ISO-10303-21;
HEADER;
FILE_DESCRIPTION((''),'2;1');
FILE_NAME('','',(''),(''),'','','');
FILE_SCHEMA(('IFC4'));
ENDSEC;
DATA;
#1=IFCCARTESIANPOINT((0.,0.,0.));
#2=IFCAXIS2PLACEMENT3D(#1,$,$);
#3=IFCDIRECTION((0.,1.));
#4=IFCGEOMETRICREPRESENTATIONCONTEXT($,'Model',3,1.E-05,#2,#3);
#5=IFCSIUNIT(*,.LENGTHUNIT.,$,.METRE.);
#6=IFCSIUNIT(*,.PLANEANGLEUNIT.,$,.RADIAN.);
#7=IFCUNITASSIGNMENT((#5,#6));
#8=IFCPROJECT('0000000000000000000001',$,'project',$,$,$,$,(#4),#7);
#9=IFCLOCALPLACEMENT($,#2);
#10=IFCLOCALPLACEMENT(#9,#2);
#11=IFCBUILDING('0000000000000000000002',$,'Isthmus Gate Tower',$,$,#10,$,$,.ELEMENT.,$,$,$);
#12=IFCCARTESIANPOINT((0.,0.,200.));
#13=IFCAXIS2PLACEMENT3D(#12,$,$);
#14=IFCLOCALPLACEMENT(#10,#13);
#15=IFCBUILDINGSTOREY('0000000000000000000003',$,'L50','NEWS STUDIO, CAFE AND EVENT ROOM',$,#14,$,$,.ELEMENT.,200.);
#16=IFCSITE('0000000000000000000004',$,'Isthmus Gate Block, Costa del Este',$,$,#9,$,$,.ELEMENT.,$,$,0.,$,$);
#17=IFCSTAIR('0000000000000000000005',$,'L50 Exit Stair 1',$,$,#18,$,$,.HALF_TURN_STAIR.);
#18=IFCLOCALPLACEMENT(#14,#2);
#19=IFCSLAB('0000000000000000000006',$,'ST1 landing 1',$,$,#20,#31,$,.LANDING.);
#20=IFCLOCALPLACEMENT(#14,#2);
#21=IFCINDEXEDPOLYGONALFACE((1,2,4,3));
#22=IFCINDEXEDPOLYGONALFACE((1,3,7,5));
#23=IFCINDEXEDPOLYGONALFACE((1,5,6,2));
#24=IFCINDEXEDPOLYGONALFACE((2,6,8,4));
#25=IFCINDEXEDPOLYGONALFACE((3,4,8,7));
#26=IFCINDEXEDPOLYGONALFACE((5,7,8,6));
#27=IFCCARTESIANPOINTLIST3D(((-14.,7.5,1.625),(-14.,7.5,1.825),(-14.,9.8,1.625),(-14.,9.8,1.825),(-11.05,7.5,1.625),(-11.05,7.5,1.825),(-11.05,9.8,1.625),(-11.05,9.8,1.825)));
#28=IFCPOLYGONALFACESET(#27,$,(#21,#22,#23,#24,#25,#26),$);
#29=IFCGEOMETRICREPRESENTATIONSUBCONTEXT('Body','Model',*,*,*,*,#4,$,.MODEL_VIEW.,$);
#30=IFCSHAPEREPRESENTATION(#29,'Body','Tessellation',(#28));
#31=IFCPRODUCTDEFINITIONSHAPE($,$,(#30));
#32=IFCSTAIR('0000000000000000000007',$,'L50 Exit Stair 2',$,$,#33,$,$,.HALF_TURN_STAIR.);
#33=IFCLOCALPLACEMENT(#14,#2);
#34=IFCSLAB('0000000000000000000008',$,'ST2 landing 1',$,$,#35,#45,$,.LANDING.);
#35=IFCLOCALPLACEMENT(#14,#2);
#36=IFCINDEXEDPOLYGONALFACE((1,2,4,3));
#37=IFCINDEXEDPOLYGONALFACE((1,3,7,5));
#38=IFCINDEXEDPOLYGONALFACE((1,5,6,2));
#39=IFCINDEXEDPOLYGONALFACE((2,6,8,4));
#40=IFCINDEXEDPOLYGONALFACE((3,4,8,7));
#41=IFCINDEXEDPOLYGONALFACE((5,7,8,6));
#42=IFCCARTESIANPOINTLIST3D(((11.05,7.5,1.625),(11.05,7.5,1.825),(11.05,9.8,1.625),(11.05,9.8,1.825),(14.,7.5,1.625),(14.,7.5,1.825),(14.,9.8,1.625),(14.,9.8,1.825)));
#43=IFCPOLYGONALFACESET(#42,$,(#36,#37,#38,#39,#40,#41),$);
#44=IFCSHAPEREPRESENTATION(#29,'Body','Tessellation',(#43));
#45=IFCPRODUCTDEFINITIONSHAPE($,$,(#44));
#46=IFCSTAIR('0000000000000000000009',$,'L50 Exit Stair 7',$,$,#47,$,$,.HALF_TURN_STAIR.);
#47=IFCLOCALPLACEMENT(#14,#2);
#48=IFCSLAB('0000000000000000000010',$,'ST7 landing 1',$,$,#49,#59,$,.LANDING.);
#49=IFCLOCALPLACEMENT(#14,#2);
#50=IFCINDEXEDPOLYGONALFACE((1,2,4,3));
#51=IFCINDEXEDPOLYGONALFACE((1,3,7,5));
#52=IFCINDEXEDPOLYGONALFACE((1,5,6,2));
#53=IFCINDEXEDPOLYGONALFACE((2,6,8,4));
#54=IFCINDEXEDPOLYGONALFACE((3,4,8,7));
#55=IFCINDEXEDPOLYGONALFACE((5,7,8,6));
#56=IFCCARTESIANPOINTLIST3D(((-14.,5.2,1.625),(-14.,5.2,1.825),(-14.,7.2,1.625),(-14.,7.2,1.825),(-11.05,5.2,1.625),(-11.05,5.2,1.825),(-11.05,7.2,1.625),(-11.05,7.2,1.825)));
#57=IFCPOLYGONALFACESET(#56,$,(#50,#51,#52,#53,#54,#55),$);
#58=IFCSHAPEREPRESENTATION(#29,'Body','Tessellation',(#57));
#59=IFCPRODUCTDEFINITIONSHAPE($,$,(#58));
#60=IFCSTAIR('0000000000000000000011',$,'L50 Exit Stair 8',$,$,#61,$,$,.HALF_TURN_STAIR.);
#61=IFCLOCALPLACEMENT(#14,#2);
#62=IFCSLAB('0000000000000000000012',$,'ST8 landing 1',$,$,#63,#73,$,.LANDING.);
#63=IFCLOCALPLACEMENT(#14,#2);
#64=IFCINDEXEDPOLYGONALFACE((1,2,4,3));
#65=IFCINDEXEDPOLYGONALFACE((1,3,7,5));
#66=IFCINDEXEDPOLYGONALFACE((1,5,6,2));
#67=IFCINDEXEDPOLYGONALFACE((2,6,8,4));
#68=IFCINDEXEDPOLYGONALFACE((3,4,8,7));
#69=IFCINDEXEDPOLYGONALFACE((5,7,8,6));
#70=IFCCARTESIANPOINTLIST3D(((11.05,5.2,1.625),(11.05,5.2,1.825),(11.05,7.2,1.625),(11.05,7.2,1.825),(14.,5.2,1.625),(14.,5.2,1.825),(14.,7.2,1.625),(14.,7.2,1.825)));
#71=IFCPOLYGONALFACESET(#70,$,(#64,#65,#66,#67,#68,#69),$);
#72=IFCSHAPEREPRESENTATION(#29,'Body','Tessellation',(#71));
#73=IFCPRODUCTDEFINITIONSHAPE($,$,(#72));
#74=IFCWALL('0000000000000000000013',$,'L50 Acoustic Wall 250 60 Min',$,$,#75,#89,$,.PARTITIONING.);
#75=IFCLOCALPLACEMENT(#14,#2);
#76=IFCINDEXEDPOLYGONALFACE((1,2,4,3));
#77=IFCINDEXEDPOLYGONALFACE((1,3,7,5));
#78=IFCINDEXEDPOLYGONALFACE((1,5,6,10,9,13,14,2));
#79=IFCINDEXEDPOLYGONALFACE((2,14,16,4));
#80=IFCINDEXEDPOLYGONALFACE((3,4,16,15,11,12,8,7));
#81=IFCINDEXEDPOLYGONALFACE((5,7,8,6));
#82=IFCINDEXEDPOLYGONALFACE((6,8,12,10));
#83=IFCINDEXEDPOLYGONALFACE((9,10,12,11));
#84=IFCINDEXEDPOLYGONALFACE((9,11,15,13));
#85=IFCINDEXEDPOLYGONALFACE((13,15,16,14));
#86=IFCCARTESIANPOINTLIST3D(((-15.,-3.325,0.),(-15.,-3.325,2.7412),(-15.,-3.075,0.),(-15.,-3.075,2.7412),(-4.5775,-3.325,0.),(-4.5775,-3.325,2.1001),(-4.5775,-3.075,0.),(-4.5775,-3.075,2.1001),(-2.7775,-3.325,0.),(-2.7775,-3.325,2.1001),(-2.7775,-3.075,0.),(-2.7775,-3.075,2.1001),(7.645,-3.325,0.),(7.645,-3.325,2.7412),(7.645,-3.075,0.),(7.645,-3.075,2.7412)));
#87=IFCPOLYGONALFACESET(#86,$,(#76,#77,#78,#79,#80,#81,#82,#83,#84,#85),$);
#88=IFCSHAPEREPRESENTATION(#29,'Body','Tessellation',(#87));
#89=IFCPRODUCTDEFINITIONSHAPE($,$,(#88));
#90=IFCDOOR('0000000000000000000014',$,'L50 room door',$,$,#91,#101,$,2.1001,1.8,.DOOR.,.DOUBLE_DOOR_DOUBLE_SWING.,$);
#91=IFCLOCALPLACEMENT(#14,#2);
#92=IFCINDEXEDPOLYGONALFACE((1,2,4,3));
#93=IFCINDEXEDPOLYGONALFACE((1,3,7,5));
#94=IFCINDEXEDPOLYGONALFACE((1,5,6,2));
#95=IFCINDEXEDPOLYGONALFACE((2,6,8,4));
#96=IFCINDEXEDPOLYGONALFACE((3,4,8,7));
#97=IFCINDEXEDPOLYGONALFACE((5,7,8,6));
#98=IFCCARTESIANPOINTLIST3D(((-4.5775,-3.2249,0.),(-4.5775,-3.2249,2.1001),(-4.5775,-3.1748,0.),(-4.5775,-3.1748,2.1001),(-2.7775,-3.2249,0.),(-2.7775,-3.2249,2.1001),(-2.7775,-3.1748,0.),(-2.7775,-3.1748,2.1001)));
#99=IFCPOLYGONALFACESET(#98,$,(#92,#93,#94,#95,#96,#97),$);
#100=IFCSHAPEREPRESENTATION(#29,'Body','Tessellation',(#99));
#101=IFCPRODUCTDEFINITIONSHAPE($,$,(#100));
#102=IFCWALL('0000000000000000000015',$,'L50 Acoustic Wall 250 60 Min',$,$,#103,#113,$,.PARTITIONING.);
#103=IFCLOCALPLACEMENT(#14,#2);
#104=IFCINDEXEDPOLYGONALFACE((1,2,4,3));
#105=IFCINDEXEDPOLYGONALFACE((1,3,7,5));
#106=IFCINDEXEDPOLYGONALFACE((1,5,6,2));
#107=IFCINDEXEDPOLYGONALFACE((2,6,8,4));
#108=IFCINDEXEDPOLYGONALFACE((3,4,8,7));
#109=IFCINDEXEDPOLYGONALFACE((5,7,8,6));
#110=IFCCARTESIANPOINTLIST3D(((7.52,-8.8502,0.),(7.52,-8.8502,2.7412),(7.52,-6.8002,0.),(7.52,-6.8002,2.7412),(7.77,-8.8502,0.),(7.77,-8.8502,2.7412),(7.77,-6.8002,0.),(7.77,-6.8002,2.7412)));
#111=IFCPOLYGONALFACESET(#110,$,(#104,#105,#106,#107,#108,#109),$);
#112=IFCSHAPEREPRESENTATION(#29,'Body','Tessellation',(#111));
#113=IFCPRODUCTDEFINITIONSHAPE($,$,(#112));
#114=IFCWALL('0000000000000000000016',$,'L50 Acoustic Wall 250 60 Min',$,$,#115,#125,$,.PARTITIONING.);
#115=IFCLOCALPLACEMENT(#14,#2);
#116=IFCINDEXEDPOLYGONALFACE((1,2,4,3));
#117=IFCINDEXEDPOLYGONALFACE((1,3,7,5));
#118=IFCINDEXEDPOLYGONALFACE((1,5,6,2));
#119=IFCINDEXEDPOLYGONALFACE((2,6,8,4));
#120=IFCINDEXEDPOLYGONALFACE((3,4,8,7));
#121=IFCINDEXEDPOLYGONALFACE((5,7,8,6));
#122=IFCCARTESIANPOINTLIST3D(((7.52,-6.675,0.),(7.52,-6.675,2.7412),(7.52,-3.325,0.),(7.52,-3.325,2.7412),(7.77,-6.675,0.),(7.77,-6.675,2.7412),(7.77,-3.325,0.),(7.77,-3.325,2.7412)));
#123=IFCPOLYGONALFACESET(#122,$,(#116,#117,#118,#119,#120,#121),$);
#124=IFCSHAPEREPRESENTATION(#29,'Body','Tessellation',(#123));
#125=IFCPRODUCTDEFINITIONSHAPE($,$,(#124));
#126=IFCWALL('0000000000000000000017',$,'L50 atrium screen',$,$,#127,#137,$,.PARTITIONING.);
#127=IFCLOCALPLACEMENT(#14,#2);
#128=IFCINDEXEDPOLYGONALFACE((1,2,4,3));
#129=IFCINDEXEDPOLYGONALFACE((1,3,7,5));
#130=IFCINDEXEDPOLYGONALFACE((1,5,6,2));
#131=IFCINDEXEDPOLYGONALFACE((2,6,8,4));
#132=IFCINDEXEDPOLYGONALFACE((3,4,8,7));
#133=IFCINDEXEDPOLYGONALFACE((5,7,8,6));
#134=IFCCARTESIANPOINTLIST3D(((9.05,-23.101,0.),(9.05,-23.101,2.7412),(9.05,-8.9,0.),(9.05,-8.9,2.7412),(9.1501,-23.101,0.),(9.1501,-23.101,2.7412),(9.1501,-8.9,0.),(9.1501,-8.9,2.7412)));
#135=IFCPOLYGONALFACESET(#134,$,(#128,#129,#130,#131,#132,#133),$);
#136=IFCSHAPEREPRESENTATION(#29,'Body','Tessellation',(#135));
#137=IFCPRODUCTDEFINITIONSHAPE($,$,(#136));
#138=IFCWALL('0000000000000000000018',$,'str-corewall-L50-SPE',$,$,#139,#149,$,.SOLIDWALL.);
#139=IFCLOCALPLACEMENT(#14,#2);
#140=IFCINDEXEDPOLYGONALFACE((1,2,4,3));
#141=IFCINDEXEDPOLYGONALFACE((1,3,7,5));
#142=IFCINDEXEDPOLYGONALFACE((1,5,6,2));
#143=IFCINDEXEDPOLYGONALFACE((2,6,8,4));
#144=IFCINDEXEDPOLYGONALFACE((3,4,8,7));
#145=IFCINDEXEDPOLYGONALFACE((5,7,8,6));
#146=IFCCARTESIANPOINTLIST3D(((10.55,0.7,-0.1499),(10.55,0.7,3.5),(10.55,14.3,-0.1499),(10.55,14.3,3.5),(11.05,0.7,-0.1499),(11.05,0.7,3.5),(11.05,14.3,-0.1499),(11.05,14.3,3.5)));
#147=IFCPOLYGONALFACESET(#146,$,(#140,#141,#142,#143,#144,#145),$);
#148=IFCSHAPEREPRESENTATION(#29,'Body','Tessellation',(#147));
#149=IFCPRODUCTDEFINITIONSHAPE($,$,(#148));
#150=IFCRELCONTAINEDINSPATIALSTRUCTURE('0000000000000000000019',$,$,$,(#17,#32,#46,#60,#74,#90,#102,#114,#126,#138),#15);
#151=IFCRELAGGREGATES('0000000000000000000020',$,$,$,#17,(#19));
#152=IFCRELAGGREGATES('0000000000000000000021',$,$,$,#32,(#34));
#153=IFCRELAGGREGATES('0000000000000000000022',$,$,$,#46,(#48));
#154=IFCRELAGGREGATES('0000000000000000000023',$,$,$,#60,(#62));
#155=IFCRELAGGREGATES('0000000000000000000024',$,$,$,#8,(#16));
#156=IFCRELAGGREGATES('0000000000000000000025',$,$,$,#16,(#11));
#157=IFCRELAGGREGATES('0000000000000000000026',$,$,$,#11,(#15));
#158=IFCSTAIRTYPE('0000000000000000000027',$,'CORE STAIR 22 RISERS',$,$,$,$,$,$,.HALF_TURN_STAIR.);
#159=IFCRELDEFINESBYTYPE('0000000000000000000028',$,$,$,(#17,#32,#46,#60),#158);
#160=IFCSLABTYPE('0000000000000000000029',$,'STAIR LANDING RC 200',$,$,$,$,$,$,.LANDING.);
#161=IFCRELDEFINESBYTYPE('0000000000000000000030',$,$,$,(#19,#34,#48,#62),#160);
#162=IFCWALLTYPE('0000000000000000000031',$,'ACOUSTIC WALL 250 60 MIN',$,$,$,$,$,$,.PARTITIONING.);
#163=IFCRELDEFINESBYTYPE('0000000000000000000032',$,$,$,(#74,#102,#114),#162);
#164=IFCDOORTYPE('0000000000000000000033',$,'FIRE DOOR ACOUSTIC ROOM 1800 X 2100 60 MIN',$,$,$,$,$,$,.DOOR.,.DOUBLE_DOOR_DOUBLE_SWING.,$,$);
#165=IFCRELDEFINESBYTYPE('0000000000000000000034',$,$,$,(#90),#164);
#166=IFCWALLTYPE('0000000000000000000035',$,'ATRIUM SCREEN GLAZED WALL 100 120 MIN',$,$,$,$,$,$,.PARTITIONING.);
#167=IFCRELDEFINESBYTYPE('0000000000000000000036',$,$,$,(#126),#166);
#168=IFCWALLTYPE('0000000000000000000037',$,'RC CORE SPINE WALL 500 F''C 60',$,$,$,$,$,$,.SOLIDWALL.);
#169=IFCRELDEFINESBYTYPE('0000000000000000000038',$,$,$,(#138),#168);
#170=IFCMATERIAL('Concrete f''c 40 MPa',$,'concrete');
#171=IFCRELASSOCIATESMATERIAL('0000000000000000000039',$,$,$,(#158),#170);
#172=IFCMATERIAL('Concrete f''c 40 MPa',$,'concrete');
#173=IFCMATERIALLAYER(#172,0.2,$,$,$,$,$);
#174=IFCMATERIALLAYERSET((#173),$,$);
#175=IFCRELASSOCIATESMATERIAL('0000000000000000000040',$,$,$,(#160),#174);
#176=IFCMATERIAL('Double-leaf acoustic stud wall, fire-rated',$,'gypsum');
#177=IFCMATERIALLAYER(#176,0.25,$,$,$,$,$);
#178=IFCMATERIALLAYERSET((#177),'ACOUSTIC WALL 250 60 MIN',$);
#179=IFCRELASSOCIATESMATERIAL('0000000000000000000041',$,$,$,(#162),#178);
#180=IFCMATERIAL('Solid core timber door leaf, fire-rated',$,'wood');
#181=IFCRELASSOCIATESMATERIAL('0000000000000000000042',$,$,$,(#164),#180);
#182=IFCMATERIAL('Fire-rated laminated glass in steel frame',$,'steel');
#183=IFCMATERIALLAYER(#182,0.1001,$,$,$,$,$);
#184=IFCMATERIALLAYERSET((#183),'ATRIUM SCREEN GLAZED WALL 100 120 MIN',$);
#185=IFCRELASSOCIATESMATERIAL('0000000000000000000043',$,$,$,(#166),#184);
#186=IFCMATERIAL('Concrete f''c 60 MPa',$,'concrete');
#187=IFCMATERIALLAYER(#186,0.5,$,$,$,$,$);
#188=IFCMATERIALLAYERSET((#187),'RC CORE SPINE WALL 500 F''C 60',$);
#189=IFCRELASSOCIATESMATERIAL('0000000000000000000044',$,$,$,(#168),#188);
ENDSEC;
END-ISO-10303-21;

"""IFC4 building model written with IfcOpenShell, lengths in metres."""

from ifc_helpers import new_model, si_unit, direction, frame, frame_2d, origin, place, context, subcontext, project, spatial, polyline, rectangle, outline, extrude, material, layer, layer_set, type_object, element, fill, aggregate, save


model = new_model("IFC4")

# Units and contexts
model_context = context("Model", 3, precision=1e-05, world=origin(), true_north=direction((0.0, 1.0)))
body_context = subcontext(model_context, "Body", "Model", "MODEL_VIEW")
ifc_project = project(units=[si_unit("LENGTHUNIT", "METRE"), si_unit("PLANEANGLEUNIT", "RADIAN")], contexts=[model_context])

# Site, building, storey
site_placement = place(None, origin())
site = spatial("IfcSite", under=ifc_project, at=site_placement, Name="Isthmus Gate Block, Costa del Este", CompositionType="ELEMENT", RefElevation=0.0)
building_placement = place(site_placement, origin())
building = spatial("IfcBuilding", under=site, at=building_placement, Name="Isthmus Gate Tower", CompositionType="ELEMENT")
storey_placement = place(building_placement, frame((0.0, 0.0, 200.0)))
storey = spatial("IfcBuildingStorey", under=building, at=storey_placement, Name="L50", Description="NEWS STUDIO, CAFE AND EVENT ROOM", CompositionType="ELEMENT", Elevation=200.0)

# Stairs, slabs
ifc_material_1 = material(Name="Concrete f'c 40 MPa", Category="concrete")
stair_type = type_object("IfcStairType", Name="CORE STAIR 22 RISERS", PredefinedType="HALF_TURN_STAIR", material=ifc_material_1)
stair_1_placement = place(storey_placement, origin())
stair_1 = element("IfcStair", 1, at=stair_1_placement, inside=storey, type_object=stair_type, Name="L50 Exit Stair 1", PredefinedType="HALF_TURN_STAIR")
ifc_material_2 = material(Name="Concrete f'c 40 MPa", Category="concrete")
ifc_layer_1 = layer(ifc_material_2, 0.2)
ifc_layer_set_1 = layer_set([ifc_layer_1])
slab_type_1 = type_object("IfcSlabType", Name="STAIR LANDING RC 200", PredefinedType="LANDING", material=ifc_layer_set_1)
slab_1_placement = place(storey_placement, frame((0.0, 0.0, 1.625)))
slab_1 = element("IfcSlab", 2, at=slab_1_placement, type_object=slab_type_1, Name="ST1 landing 1", PredefinedType="LANDING", context=body_context, shape_type="SweptSolid", body=[
    extrude(outline(polyline([(-14.0, 9.8), (-14.0, 7.5), (-11.05, 7.5), (-11.05, 9.8), (-14.0, 9.8)])), origin(), (0.0, 0.0, 1.0), 0.2),
])
aggregate(stair_1, [slab_1])
stair_2_placement = place(storey_placement, origin())
stair_2 = element("IfcStair", 3, at=stair_2_placement, inside=storey, type_object=stair_type, Name="L50 Exit Stair 2", PredefinedType="HALF_TURN_STAIR")
slab_2_placement = place(storey_placement, frame((0.0, 0.0, 1.625)))
slab_2 = element("IfcSlab", 4, at=slab_2_placement, type_object=slab_type_1, Name="ST2 landing 1", PredefinedType="LANDING", context=body_context, shape_type="SweptSolid", body=[
    extrude(outline(polyline([(11.05, 9.8), (11.05, 7.5), (14.0, 7.5), (14.0, 9.8), (11.05, 9.8)])), origin(), (0.0, 0.0, 1.0), 0.2),
])
aggregate(stair_2, [slab_2])
stair_3_placement = place(storey_placement, origin())
stair_3 = element("IfcStair", 5, at=stair_3_placement, inside=storey, type_object=stair_type, Name="L50 Exit Stair 7", PredefinedType="HALF_TURN_STAIR")
slab_3_placement = place(storey_placement, frame((0.0, 0.0, 1.625)))
slab_3 = element("IfcSlab", 6, at=slab_3_placement, type_object=slab_type_1, Name="ST7 landing 1", PredefinedType="LANDING", context=body_context, shape_type="SweptSolid", body=[
    extrude(outline(polyline([(-11.05, 5.2), (-11.05, 7.2), (-14.0, 7.2), (-14.0, 5.2), (-11.05, 5.2)])), origin(), (0.0, 0.0, 1.0), 0.2),
])
aggregate(stair_3, [slab_3])
stair_4_placement = place(storey_placement, origin())
stair_4 = element("IfcStair", 7, at=stair_4_placement, inside=storey, type_object=stair_type, Name="L50 Exit Stair 8", PredefinedType="HALF_TURN_STAIR")
slab_4_placement = place(storey_placement, frame((0.0, 0.0, 1.625)))
slab_4 = element("IfcSlab", 8, at=slab_4_placement, type_object=slab_type_1, Name="ST8 landing 1", PredefinedType="LANDING", context=body_context, shape_type="SweptSolid", body=[
    extrude(outline(polyline([(14.0, 5.2), (14.0, 7.2), (11.05, 7.2), (11.05, 5.2), (14.0, 5.2)])), origin(), (0.0, 0.0, 1.0), 0.2),
])
aggregate(stair_4, [slab_4])

# Wall, opening, door
ifc_material_3 = material(Name="Double-leaf acoustic stud wall, fire-rated", Category="gypsum")
ifc_layer_2 = layer(ifc_material_3, 0.25)
ifc_layer_set_2 = layer_set([ifc_layer_2], Name="ACOUSTIC WALL 250 60 MIN")
wall_type_1 = type_object("IfcWallType", Name="ACOUSTIC WALL 250 60 MIN", PredefinedType="PARTITIONING", material=ifc_layer_set_2)
wall_1_placement = place(storey_placement, frame((7.645, -3.2, 0.0), z_axis=(0.0, 0.0, 1.0), x_axis=(-1.0, 0.0, 0.0)))
wall_1 = element("IfcWall", 9, at=wall_1_placement, inside=storey, type_object=wall_type_1, Name="L50 Acoustic Wall 250 60 Min", PredefinedType="PARTITIONING", context=body_context, shape_type="SweptSolid", body=[
    extrude(rectangle(XDim=22.645, YDim=0.25, at=frame_2d((11.3225, 0.0))), origin(), (0.0, 0.0, 1.0), 2.7412),
])
opening_placement = place(wall_1_placement, frame((10.4226, 0.0, 0.0)))
opening = element("IfcOpeningElement", 10, at=opening_placement, cuts=wall_1, PredefinedType="OPENING", context=body_context, shape_type="SweptSolid", body=[
    extrude(rectangle(XDim=1.8, YDim=2.1001, at=frame_2d((0.8999, 1.05))), frame((0.0, 0.135, 0.0), z_axis=(0.0, -1.0, 0.0), x_axis=(1.0, 0.0, 0.0)), (0.0, 0.0, 1.0), 0.27),
])
ifc_material_4 = material(Name="Solid core timber door leaf, fire-rated", Category="wood")
door_type = type_object("IfcDoorType", Name="FIRE DOOR ACOUSTIC ROOM 1800 X 2100 60 MIN", OperationType="DOUBLE_DOOR_DOUBLE_SWING", PredefinedType="DOOR", material=ifc_material_4)
door_placement = place(opening_placement, origin())
door = element("IfcDoor", 11, at=door_placement, inside=storey, type_object=door_type, Name="L50 room door", OperationType="DOUBLE_DOOR_DOUBLE_SWING", OverallHeight=2.1001, OverallWidth=1.8, PredefinedType="DOOR", context=body_context, shape_type="SweptSolid", body=[
    extrude(rectangle(XDim=1.8, YDim=2.1001, at=frame_2d((0.8999, 1.05))), frame((0.0, 0.0249, 0.0), z_axis=(0.0, -1.0, 0.0), x_axis=(1.0, 0.0, 0.0)), (0.0, 0.0, 1.0), 0.05),
])
fill(opening, door)

# Walls
wall_2_placement = place(storey_placement, frame((7.645, -8.8501, 0.0), z_axis=(0.0, 0.0, 1.0), x_axis=(0.0, 1.0, 0.0)))
element("IfcWall", 12, at=wall_2_placement, inside=storey, type_object=wall_type_1, Name="L50 Acoustic Wall 250 60 Min", PredefinedType="PARTITIONING", context=body_context, shape_type="SweptSolid", body=[
    extrude(rectangle(XDim=2.05, YDim=0.25, at=frame_2d((1.0249, 0.0))), origin(), (0.0, 0.0, 1.0), 2.7412),
])
wall_3_placement = place(storey_placement, frame((7.645, -6.675, 0.0), z_axis=(0.0, 0.0, 1.0), x_axis=(0.0, 1.0, 0.0)))
element("IfcWall", 13, at=wall_3_placement, inside=storey, type_object=wall_type_1, Name="L50 Acoustic Wall 250 60 Min", PredefinedType="PARTITIONING", context=body_context, shape_type="SweptSolid", body=[
    extrude(rectangle(XDim=3.3501, YDim=0.25, at=frame_2d((1.675, 0.0))), origin(), (0.0, 0.0, 1.0), 2.7412),
])
ifc_material_5 = material(Name="Fire-rated laminated glass in steel frame", Category="steel")
ifc_layer_3 = layer(ifc_material_5, 0.1001)
ifc_layer_set_3 = layer_set([ifc_layer_3], Name="ATRIUM SCREEN GLAZED WALL 100 120 MIN")
wall_type_2 = type_object("IfcWallType", Name="ATRIUM SCREEN GLAZED WALL 100 120 MIN", PredefinedType="PARTITIONING", material=ifc_layer_set_3)
wall_4_placement = place(storey_placement, frame((9.1001, -8.8999, 0.0), z_axis=(0.0, 0.0, 1.0), x_axis=(0.0, -1.0, 0.0)))
element("IfcWall", 14, at=wall_4_placement, inside=storey, type_object=wall_type_2, Name="L50 atrium screen", PredefinedType="PARTITIONING", context=body_context, shape_type="SweptSolid", body=[
    extrude(rectangle(XDim=14.2009, YDim=0.1001, at=frame_2d((7.1006, 0.0))), origin(), (0.0, 0.0, 1.0), 2.7412),
])
ifc_material_6 = material(Name="Concrete f'c 60 MPa", Category="concrete")
ifc_layer_4 = layer(ifc_material_6, 0.5)
ifc_layer_set_4 = layer_set([ifc_layer_4], Name="RC CORE SPINE WALL 500 F'C 60")
wall_type_3 = type_object("IfcWallType", Name="RC CORE SPINE WALL 500 F'C 60", PredefinedType="SOLIDWALL", material=ifc_layer_set_4)
wall_5_placement = place(storey_placement, frame((10.8, 0.7, -0.1499), z_axis=(0.0, 0.0, 1.0), x_axis=(0.0, 1.0, 0.0)))
element("IfcWall", 15, at=wall_5_placement, inside=storey, type_object=wall_type_3, Name="str-corewall-L50-SPE", PredefinedType="SOLIDWALL", context=body_context, shape_type="SweptSolid", body=[
    extrude(rectangle(XDim=13.6001, YDim=0.5, at=frame_2d((6.8, 0.0))), origin(), (0.0, 0.0, 1.0), 3.6499),
])

save(model, "model.ifc")
